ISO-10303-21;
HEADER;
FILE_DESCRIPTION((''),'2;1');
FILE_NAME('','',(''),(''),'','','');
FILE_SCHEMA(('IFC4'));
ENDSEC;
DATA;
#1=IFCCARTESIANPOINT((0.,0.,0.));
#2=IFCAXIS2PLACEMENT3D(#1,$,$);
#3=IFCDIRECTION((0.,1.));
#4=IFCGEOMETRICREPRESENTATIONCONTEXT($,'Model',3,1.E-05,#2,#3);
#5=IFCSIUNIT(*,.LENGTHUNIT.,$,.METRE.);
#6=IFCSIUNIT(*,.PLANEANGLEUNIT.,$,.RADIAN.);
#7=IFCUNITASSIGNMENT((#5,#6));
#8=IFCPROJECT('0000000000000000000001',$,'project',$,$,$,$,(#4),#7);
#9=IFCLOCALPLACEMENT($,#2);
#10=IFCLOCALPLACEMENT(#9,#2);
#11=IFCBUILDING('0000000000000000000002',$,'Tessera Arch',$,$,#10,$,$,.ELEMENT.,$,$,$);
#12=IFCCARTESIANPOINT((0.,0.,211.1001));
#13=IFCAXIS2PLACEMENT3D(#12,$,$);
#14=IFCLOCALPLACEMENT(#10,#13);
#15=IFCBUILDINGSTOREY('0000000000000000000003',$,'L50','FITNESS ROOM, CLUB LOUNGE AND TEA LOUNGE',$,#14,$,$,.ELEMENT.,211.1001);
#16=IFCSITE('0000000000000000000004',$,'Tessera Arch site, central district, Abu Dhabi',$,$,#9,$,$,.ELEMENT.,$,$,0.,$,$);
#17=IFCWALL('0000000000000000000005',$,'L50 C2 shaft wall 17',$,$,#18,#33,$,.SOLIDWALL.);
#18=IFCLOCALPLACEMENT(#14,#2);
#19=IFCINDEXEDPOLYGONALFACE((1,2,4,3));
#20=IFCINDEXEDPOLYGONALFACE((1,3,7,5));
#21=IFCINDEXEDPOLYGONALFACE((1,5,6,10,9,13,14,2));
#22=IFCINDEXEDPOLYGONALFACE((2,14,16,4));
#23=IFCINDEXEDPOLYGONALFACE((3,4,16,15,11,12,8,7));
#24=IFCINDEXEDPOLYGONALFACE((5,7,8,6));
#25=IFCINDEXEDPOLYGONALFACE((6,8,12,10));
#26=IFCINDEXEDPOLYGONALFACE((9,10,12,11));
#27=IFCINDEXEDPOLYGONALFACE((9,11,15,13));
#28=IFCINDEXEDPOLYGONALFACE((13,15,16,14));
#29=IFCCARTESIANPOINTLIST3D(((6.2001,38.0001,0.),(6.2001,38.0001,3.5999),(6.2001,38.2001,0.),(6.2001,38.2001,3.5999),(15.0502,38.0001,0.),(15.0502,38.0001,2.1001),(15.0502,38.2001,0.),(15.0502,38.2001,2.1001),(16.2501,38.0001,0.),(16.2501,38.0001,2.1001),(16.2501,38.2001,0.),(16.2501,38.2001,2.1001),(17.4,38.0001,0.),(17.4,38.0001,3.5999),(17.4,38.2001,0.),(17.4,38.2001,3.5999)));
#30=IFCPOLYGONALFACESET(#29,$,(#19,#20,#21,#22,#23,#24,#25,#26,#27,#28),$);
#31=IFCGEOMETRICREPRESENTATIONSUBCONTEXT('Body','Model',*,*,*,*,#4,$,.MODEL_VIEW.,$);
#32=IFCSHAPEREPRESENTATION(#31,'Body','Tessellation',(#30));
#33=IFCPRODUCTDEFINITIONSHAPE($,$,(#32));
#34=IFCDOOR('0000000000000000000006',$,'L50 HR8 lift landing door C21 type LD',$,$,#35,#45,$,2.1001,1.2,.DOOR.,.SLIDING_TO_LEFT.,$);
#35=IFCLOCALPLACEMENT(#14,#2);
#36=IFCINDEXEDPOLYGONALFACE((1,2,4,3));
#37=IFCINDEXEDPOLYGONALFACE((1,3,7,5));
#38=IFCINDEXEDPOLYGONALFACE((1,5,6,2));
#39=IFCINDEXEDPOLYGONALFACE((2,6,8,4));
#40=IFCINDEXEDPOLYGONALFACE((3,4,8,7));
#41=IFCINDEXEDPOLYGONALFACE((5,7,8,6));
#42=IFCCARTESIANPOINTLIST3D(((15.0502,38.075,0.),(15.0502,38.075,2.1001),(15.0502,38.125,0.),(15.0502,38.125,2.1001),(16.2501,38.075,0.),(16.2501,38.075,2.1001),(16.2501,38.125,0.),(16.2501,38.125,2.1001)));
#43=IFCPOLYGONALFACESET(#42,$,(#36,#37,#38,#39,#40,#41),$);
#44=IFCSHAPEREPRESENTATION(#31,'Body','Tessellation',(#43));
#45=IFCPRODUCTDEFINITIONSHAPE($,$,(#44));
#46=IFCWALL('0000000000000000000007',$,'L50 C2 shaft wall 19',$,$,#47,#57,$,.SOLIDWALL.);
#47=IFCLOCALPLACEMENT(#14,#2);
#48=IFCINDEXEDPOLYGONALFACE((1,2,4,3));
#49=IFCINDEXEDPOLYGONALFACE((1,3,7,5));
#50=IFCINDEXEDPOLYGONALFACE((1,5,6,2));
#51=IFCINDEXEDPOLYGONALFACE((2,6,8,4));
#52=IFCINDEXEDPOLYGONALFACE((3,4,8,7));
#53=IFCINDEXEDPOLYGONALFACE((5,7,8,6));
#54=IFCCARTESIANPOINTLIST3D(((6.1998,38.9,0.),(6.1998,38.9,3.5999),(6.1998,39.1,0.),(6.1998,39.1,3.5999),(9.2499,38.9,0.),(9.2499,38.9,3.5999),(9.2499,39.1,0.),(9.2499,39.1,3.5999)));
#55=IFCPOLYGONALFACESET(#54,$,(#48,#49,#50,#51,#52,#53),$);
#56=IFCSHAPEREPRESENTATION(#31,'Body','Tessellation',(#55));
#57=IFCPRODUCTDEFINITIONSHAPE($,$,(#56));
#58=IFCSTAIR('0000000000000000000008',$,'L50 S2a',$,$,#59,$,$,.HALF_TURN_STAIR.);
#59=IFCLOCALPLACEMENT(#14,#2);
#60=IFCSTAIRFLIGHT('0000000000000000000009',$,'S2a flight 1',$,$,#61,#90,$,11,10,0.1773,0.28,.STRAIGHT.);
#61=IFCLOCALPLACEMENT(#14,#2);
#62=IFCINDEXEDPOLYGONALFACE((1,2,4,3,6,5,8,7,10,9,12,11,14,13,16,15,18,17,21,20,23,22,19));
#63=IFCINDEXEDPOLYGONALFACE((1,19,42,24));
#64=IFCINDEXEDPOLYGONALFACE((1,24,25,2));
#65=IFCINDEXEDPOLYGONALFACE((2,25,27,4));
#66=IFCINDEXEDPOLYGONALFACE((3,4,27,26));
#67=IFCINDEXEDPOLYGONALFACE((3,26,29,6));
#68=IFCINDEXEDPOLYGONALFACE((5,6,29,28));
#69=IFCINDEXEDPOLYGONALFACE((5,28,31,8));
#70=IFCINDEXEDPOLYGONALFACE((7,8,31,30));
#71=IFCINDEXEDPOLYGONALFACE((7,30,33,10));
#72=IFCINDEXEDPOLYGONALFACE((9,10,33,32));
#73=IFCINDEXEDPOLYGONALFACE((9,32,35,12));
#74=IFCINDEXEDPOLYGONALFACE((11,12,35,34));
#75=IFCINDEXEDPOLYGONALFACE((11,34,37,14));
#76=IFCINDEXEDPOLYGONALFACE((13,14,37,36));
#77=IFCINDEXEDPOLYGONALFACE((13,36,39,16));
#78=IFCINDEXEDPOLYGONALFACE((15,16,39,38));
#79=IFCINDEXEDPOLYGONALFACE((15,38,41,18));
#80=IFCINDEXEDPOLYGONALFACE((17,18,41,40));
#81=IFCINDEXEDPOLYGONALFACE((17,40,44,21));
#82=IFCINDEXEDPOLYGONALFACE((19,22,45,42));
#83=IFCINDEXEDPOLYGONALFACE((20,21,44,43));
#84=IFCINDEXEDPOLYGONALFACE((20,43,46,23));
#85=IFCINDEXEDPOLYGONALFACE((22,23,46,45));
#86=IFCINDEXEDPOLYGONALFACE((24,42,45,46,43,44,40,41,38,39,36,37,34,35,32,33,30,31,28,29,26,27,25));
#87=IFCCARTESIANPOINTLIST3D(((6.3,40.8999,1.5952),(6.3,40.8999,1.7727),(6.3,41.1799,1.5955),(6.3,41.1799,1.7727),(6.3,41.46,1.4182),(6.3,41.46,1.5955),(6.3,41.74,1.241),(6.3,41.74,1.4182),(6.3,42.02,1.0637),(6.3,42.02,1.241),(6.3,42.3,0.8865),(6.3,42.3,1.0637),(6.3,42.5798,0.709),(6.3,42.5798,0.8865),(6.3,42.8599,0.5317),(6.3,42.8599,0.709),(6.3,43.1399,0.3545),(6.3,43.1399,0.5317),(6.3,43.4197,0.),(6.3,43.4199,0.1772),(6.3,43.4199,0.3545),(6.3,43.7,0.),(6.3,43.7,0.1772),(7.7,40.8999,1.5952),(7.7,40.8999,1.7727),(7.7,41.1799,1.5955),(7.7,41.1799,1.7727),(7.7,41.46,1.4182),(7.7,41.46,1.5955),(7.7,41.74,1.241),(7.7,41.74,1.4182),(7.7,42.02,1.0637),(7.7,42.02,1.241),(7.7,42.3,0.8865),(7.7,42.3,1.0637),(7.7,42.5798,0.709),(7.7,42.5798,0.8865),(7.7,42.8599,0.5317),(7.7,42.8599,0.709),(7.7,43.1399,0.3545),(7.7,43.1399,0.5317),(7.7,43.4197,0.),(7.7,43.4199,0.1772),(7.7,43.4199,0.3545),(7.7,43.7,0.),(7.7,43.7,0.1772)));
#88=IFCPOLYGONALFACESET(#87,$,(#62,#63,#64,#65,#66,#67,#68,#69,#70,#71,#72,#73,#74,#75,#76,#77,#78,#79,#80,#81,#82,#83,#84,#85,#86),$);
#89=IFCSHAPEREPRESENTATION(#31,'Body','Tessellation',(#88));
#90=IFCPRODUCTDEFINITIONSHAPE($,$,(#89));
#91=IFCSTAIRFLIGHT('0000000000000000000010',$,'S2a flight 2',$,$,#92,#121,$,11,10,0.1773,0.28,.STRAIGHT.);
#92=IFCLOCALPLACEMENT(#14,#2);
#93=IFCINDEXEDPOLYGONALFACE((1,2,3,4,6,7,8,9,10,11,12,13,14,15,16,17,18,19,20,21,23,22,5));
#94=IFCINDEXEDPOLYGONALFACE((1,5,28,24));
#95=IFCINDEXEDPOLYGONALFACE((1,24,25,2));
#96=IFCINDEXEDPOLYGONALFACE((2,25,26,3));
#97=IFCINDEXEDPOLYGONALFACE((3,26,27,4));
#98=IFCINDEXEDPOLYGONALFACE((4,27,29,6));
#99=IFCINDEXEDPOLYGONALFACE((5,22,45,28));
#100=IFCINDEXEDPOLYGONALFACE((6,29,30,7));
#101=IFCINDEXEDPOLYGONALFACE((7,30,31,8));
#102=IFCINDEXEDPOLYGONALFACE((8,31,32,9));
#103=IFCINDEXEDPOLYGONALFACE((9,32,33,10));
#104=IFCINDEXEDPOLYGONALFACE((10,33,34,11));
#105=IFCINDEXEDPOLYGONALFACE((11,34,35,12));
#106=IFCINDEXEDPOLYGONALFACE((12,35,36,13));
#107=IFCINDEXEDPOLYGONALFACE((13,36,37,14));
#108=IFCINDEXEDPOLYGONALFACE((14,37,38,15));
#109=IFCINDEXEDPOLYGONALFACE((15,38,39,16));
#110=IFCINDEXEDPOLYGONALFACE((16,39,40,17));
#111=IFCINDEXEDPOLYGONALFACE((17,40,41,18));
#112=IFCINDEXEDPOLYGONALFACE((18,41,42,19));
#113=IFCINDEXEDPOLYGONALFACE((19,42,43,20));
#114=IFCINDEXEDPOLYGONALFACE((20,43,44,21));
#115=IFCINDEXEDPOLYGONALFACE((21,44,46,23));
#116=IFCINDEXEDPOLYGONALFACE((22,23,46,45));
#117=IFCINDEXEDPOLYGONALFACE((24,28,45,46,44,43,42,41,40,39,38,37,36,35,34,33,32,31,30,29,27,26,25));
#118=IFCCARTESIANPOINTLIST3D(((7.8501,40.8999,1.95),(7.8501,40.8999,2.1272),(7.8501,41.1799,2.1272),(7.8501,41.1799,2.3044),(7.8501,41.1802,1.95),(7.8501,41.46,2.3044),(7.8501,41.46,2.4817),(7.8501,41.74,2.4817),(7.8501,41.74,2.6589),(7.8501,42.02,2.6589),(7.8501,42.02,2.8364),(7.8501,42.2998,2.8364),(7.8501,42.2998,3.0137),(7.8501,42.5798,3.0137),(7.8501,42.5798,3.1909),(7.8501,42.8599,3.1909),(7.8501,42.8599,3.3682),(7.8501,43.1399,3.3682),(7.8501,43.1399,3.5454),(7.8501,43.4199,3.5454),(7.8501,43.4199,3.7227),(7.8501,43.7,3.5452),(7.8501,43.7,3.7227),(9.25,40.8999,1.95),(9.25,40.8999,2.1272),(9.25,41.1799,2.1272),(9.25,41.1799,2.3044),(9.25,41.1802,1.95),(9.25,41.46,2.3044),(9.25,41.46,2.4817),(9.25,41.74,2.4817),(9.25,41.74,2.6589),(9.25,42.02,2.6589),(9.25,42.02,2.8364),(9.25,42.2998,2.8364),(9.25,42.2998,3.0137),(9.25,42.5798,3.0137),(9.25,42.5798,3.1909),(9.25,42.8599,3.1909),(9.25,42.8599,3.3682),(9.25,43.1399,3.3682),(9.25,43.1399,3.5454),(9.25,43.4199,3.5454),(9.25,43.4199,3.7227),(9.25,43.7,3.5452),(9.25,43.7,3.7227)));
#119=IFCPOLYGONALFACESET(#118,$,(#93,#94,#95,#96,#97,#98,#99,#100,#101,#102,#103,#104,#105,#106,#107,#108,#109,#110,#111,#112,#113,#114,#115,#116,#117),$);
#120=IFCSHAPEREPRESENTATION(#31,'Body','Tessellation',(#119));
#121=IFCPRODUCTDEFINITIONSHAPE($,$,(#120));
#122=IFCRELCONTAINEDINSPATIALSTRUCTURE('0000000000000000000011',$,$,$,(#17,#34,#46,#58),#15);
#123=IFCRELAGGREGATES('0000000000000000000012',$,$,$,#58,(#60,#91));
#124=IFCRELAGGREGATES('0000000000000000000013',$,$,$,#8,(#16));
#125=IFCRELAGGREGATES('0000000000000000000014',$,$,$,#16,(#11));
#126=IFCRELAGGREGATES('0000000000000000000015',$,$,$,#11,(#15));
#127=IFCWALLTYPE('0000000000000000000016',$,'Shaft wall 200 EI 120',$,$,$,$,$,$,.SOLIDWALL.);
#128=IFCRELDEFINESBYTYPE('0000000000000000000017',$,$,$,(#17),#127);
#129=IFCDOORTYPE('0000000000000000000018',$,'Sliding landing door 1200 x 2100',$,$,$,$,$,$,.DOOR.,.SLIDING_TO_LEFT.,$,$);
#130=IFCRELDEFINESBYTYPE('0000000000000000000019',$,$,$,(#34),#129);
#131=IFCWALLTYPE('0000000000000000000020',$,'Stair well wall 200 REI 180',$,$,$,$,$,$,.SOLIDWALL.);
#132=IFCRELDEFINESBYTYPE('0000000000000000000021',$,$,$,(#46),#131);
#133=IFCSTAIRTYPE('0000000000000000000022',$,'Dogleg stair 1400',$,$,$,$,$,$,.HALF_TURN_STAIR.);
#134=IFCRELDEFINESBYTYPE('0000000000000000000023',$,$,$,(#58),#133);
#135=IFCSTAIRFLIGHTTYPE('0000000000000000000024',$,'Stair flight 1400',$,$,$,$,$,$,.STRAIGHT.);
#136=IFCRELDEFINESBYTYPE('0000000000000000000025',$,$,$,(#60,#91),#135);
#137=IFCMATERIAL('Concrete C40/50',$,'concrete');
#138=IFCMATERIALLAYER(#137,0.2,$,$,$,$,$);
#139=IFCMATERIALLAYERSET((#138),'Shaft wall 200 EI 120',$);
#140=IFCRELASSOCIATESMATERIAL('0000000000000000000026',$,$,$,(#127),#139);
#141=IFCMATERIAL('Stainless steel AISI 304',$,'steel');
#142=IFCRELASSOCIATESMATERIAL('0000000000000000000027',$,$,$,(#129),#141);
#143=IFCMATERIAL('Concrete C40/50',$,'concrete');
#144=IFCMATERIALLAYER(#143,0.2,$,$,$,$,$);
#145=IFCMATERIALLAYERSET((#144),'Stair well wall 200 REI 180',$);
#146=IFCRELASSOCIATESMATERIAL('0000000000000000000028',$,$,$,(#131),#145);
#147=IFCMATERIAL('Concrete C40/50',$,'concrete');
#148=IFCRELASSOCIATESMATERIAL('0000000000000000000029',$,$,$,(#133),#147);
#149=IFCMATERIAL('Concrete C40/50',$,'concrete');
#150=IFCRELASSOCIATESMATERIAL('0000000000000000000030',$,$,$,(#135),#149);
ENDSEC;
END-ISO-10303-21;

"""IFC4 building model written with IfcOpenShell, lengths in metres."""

from ifc_helpers import new_model, si_unit, direction, frame, frame_2d, origin, place, context, subcontext, project, spatial, polyline, rectangle, outline, extrude, material, layer, layer_set, type_object, element, fill, aggregate, save


model = new_model("IFC4")

# Units and contexts
model_context = context("Model", 3, precision=1e-05, world=origin(), true_north=direction((0.0, 1.0)))
body_context = subcontext(model_context, "Body", "Model", "MODEL_VIEW")
ifc_project = project(units=[si_unit("LENGTHUNIT", "METRE"), si_unit("PLANEANGLEUNIT", "RADIAN")], contexts=[model_context])

# Site, building, storey
site_placement = place(None, origin())
site = spatial("IfcSite", under=ifc_project, at=site_placement, Name="Tessera Arch site, central district, Abu Dhabi", CompositionType="ELEMENT", RefElevation=0.0)
building_placement = place(site_placement, origin())
building = spatial("IfcBuilding", under=site, at=building_placement, Name="Tessera Arch", CompositionType="ELEMENT")
storey_placement = place(building_placement, frame((0.0, 0.0, 211.1001)))
storey = spatial("IfcBuildingStorey", under=building, at=storey_placement, Name="L50", Description="FITNESS ROOM, CLUB LOUNGE AND TEA LOUNGE", CompositionType="ELEMENT", Elevation=211.1001)

# Wall, opening, door
ifc_material_1 = material(Name="Concrete C40/50", Category="concrete")
ifc_layer_1 = layer(ifc_material_1, 0.2)
ifc_layer_set_1 = layer_set([ifc_layer_1], Name="Shaft wall 200 EI 120")
wall_type_1 = type_object("IfcWallType", Name="Shaft wall 200 EI 120", PredefinedType="SOLIDWALL", material=ifc_layer_set_1)
wall_1_placement = place(storey_placement, frame((6.2, 38.1001, 0.0), z_axis=(0.0, 0.0, 1.0), x_axis=(1.0, 0.0, 0.0)))
wall_1 = element("IfcWall", 1, at=wall_1_placement, inside=storey, type_object=wall_type_1, Name="L50 C2 shaft wall 17", PredefinedType="SOLIDWALL", context=body_context, shape_type="SweptSolid", body=[
    extrude(rectangle(XDim=11.2, YDim=0.2, at=frame_2d((5.6001, 0.0))), origin(), (0.0, 0.0, 1.0), 3.5999),
])
opening_1_placement = place(wall_1_placement, frame((8.8501, 0.0, 0.0)))
opening_1 = element("IfcOpeningElement", 2, at=opening_1_placement, cuts=wall_1, PredefinedType="OPENING", context=body_context, shape_type="SweptSolid", body=[
    extrude(rectangle(XDim=1.2, YDim=2.1001, at=frame_2d((0.6001, 1.05))), frame((0.0, 0.1099, 0.0), z_axis=(0.0, -1.0, 0.0), x_axis=(1.0, 0.0, 0.0)), (0.0, 0.0, 1.0), 0.22),
])
ifc_material_2 = material(Name="Stainless steel AISI 304", Category="steel")
door_type_1 = type_object("IfcDoorType", Name="Sliding landing door 1200 x 2100", OperationType="SLIDING_TO_LEFT", PredefinedType="DOOR", material=ifc_material_2)
door_1_placement = place(opening_1_placement, origin())
door_1 = element("IfcDoor", 3, at=door_1_placement, inside=storey, type_object=door_type_1, Name="L50 HR8 lift landing door C21 type LD", OperationType="SLIDING_TO_LEFT", OverallHeight=2.1001, OverallWidth=1.2, PredefinedType="DOOR", context=body_context, shape_type="SweptSolid", body=[
    extrude(rectangle(XDim=1.2, YDim=2.1001, at=frame_2d((0.6001, 1.05))), frame((0.0, 0.0249, 0.0), z_axis=(0.0, -1.0, 0.0), x_axis=(1.0, 0.0, 0.0)), (0.0, 0.0, 1.0), 0.05),
])
fill(opening_1, door_1)

# Wall
ifc_material_3 = material(Name="Concrete C40/50", Category="concrete")
ifc_layer_2 = layer(ifc_material_3, 0.2)
ifc_layer_set_2 = layer_set([ifc_layer_2], Name="Stair well wall 200 REI 180")
wall_type_2 = type_object("IfcWallType", Name="Stair well wall 200 REI 180", PredefinedType="SOLIDWALL", material=ifc_layer_set_2)
wall_2_placement = place(storey_placement, frame((6.2, 39.0, 0.0), z_axis=(0.0, 0.0, 1.0), x_axis=(1.0, 0.0, 0.0)))
element("IfcWall", 4, at=wall_2_placement, inside=storey, type_object=wall_type_2, Name="L50 C2 shaft wall 19", PredefinedType="SOLIDWALL", context=body_context, shape_type="SweptSolid", body=[
    extrude(rectangle(XDim=3.05, YDim=0.2, at=frame_2d((1.5249, 0.0))), origin(), (0.0, 0.0, 1.0), 3.5999),
])

# Stair, stair flights
ifc_material_4 = material(Name="Concrete C40/50", Category="concrete")
stair_type = type_object("IfcStairType", Name="Dogleg stair 1400", PredefinedType="HALF_TURN_STAIR", material=ifc_material_4)
stair_placement = place(storey_placement, origin())
stair = element("IfcStair", 5, at=stair_placement, inside=storey, type_object=stair_type, Name="L50 S2a", PredefinedType="HALF_TURN_STAIR")
ifc_material_5 = material(Name="Concrete C40/50", Category="concrete")
stair_flight_type = type_object("IfcStairFlightType", Name="Stair flight 1400", PredefinedType="STRAIGHT", material=ifc_material_5)
stair_flight_1_placement = place(storey_placement, frame((7.0, 43.7, 0.0), z_axis=(0.0, 0.0, 1.0), x_axis=(0.0, -1.0, 0.0)))
stair_flight_1 = element("IfcStairFlight", 6, at=stair_flight_1_placement, type_object=stair_flight_type, Name="S2a flight 1", NumberOfRisers=11, NumberOfTreads=10, PredefinedType="STRAIGHT", RiserHeight=0.1773, TreadLength=0.28, context=body_context, shape_type="SweptSolid", body=[
    extrude(outline(polyline([(0.0, 0.0), (0.0, 0.1772), (0.28, 0.1772), (0.28, 0.3545), (0.5601, 0.3545), (0.5601, 0.5317), (0.8401, 0.5317), (0.8401, 0.709), (1.1201, 0.709), (1.1201, 0.8865), (1.3999, 0.8865), (1.3999, 1.0637), (1.6799, 1.0637), (1.6799, 1.241), (1.96, 1.241), (1.96, 1.4182), (2.24, 1.4182), (2.24, 1.5955), (2.52, 1.5955), (2.52, 1.7727), (2.8, 1.7727), (2.8, 1.95), (2.8, 1.5952), (0.2803, 0.0), (0.0, 0.0)])), frame((0.0, 0.7, 0.0), z_axis=(0.0, -1.0, 0.0), x_axis=(1.0, 0.0, 0.0)), (0.0, 0.0, 1.0), 1.3999),
])
stair_flight_2_placement = place(storey_placement, frame((8.55, 40.8999, 1.95), z_axis=(0.0, 0.0, 1.0), x_axis=(0.0, 1.0, 0.0)))
stair_flight_2 = element("IfcStairFlight", 7, at=stair_flight_2_placement, type_object=stair_flight_type, Name="S2a flight 2", NumberOfRisers=11, NumberOfTreads=10, PredefinedType="STRAIGHT", RiserHeight=0.1773, TreadLength=0.28, context=body_context, shape_type="SweptSolid", body=[
    extrude(outline(polyline([(0.0, 0.0), (0.0, 0.1772), (0.28, 0.1772), (0.28, 0.3545), (0.5601, 0.3545), (0.5601, 0.5317), (0.8401, 0.5317), (0.8401, 0.709), (1.1201, 0.709), (1.1201, 0.8865), (1.3999, 0.8865), (1.3999, 1.0637), (1.6799, 1.0637), (1.6799, 1.241), (1.96, 1.241), (1.96, 1.4182), (2.24, 1.4182), (2.24, 1.5955), (2.52, 1.5955), (2.52, 1.7727), (2.8, 1.7727), (2.8, 1.95), (2.8, 1.5952), (0.2803, 0.0), (0.0, 0.0)])), frame((0.0, 0.7, 0.0), z_axis=(0.0, -1.0, 0.0), x_axis=(1.0, 0.0, 0.0)), (0.0, 0.0, 1.0), 1.3999),
])
aggregate(stair, [stair_flight_1, stair_flight_2])

save(model, "model.ifc")
